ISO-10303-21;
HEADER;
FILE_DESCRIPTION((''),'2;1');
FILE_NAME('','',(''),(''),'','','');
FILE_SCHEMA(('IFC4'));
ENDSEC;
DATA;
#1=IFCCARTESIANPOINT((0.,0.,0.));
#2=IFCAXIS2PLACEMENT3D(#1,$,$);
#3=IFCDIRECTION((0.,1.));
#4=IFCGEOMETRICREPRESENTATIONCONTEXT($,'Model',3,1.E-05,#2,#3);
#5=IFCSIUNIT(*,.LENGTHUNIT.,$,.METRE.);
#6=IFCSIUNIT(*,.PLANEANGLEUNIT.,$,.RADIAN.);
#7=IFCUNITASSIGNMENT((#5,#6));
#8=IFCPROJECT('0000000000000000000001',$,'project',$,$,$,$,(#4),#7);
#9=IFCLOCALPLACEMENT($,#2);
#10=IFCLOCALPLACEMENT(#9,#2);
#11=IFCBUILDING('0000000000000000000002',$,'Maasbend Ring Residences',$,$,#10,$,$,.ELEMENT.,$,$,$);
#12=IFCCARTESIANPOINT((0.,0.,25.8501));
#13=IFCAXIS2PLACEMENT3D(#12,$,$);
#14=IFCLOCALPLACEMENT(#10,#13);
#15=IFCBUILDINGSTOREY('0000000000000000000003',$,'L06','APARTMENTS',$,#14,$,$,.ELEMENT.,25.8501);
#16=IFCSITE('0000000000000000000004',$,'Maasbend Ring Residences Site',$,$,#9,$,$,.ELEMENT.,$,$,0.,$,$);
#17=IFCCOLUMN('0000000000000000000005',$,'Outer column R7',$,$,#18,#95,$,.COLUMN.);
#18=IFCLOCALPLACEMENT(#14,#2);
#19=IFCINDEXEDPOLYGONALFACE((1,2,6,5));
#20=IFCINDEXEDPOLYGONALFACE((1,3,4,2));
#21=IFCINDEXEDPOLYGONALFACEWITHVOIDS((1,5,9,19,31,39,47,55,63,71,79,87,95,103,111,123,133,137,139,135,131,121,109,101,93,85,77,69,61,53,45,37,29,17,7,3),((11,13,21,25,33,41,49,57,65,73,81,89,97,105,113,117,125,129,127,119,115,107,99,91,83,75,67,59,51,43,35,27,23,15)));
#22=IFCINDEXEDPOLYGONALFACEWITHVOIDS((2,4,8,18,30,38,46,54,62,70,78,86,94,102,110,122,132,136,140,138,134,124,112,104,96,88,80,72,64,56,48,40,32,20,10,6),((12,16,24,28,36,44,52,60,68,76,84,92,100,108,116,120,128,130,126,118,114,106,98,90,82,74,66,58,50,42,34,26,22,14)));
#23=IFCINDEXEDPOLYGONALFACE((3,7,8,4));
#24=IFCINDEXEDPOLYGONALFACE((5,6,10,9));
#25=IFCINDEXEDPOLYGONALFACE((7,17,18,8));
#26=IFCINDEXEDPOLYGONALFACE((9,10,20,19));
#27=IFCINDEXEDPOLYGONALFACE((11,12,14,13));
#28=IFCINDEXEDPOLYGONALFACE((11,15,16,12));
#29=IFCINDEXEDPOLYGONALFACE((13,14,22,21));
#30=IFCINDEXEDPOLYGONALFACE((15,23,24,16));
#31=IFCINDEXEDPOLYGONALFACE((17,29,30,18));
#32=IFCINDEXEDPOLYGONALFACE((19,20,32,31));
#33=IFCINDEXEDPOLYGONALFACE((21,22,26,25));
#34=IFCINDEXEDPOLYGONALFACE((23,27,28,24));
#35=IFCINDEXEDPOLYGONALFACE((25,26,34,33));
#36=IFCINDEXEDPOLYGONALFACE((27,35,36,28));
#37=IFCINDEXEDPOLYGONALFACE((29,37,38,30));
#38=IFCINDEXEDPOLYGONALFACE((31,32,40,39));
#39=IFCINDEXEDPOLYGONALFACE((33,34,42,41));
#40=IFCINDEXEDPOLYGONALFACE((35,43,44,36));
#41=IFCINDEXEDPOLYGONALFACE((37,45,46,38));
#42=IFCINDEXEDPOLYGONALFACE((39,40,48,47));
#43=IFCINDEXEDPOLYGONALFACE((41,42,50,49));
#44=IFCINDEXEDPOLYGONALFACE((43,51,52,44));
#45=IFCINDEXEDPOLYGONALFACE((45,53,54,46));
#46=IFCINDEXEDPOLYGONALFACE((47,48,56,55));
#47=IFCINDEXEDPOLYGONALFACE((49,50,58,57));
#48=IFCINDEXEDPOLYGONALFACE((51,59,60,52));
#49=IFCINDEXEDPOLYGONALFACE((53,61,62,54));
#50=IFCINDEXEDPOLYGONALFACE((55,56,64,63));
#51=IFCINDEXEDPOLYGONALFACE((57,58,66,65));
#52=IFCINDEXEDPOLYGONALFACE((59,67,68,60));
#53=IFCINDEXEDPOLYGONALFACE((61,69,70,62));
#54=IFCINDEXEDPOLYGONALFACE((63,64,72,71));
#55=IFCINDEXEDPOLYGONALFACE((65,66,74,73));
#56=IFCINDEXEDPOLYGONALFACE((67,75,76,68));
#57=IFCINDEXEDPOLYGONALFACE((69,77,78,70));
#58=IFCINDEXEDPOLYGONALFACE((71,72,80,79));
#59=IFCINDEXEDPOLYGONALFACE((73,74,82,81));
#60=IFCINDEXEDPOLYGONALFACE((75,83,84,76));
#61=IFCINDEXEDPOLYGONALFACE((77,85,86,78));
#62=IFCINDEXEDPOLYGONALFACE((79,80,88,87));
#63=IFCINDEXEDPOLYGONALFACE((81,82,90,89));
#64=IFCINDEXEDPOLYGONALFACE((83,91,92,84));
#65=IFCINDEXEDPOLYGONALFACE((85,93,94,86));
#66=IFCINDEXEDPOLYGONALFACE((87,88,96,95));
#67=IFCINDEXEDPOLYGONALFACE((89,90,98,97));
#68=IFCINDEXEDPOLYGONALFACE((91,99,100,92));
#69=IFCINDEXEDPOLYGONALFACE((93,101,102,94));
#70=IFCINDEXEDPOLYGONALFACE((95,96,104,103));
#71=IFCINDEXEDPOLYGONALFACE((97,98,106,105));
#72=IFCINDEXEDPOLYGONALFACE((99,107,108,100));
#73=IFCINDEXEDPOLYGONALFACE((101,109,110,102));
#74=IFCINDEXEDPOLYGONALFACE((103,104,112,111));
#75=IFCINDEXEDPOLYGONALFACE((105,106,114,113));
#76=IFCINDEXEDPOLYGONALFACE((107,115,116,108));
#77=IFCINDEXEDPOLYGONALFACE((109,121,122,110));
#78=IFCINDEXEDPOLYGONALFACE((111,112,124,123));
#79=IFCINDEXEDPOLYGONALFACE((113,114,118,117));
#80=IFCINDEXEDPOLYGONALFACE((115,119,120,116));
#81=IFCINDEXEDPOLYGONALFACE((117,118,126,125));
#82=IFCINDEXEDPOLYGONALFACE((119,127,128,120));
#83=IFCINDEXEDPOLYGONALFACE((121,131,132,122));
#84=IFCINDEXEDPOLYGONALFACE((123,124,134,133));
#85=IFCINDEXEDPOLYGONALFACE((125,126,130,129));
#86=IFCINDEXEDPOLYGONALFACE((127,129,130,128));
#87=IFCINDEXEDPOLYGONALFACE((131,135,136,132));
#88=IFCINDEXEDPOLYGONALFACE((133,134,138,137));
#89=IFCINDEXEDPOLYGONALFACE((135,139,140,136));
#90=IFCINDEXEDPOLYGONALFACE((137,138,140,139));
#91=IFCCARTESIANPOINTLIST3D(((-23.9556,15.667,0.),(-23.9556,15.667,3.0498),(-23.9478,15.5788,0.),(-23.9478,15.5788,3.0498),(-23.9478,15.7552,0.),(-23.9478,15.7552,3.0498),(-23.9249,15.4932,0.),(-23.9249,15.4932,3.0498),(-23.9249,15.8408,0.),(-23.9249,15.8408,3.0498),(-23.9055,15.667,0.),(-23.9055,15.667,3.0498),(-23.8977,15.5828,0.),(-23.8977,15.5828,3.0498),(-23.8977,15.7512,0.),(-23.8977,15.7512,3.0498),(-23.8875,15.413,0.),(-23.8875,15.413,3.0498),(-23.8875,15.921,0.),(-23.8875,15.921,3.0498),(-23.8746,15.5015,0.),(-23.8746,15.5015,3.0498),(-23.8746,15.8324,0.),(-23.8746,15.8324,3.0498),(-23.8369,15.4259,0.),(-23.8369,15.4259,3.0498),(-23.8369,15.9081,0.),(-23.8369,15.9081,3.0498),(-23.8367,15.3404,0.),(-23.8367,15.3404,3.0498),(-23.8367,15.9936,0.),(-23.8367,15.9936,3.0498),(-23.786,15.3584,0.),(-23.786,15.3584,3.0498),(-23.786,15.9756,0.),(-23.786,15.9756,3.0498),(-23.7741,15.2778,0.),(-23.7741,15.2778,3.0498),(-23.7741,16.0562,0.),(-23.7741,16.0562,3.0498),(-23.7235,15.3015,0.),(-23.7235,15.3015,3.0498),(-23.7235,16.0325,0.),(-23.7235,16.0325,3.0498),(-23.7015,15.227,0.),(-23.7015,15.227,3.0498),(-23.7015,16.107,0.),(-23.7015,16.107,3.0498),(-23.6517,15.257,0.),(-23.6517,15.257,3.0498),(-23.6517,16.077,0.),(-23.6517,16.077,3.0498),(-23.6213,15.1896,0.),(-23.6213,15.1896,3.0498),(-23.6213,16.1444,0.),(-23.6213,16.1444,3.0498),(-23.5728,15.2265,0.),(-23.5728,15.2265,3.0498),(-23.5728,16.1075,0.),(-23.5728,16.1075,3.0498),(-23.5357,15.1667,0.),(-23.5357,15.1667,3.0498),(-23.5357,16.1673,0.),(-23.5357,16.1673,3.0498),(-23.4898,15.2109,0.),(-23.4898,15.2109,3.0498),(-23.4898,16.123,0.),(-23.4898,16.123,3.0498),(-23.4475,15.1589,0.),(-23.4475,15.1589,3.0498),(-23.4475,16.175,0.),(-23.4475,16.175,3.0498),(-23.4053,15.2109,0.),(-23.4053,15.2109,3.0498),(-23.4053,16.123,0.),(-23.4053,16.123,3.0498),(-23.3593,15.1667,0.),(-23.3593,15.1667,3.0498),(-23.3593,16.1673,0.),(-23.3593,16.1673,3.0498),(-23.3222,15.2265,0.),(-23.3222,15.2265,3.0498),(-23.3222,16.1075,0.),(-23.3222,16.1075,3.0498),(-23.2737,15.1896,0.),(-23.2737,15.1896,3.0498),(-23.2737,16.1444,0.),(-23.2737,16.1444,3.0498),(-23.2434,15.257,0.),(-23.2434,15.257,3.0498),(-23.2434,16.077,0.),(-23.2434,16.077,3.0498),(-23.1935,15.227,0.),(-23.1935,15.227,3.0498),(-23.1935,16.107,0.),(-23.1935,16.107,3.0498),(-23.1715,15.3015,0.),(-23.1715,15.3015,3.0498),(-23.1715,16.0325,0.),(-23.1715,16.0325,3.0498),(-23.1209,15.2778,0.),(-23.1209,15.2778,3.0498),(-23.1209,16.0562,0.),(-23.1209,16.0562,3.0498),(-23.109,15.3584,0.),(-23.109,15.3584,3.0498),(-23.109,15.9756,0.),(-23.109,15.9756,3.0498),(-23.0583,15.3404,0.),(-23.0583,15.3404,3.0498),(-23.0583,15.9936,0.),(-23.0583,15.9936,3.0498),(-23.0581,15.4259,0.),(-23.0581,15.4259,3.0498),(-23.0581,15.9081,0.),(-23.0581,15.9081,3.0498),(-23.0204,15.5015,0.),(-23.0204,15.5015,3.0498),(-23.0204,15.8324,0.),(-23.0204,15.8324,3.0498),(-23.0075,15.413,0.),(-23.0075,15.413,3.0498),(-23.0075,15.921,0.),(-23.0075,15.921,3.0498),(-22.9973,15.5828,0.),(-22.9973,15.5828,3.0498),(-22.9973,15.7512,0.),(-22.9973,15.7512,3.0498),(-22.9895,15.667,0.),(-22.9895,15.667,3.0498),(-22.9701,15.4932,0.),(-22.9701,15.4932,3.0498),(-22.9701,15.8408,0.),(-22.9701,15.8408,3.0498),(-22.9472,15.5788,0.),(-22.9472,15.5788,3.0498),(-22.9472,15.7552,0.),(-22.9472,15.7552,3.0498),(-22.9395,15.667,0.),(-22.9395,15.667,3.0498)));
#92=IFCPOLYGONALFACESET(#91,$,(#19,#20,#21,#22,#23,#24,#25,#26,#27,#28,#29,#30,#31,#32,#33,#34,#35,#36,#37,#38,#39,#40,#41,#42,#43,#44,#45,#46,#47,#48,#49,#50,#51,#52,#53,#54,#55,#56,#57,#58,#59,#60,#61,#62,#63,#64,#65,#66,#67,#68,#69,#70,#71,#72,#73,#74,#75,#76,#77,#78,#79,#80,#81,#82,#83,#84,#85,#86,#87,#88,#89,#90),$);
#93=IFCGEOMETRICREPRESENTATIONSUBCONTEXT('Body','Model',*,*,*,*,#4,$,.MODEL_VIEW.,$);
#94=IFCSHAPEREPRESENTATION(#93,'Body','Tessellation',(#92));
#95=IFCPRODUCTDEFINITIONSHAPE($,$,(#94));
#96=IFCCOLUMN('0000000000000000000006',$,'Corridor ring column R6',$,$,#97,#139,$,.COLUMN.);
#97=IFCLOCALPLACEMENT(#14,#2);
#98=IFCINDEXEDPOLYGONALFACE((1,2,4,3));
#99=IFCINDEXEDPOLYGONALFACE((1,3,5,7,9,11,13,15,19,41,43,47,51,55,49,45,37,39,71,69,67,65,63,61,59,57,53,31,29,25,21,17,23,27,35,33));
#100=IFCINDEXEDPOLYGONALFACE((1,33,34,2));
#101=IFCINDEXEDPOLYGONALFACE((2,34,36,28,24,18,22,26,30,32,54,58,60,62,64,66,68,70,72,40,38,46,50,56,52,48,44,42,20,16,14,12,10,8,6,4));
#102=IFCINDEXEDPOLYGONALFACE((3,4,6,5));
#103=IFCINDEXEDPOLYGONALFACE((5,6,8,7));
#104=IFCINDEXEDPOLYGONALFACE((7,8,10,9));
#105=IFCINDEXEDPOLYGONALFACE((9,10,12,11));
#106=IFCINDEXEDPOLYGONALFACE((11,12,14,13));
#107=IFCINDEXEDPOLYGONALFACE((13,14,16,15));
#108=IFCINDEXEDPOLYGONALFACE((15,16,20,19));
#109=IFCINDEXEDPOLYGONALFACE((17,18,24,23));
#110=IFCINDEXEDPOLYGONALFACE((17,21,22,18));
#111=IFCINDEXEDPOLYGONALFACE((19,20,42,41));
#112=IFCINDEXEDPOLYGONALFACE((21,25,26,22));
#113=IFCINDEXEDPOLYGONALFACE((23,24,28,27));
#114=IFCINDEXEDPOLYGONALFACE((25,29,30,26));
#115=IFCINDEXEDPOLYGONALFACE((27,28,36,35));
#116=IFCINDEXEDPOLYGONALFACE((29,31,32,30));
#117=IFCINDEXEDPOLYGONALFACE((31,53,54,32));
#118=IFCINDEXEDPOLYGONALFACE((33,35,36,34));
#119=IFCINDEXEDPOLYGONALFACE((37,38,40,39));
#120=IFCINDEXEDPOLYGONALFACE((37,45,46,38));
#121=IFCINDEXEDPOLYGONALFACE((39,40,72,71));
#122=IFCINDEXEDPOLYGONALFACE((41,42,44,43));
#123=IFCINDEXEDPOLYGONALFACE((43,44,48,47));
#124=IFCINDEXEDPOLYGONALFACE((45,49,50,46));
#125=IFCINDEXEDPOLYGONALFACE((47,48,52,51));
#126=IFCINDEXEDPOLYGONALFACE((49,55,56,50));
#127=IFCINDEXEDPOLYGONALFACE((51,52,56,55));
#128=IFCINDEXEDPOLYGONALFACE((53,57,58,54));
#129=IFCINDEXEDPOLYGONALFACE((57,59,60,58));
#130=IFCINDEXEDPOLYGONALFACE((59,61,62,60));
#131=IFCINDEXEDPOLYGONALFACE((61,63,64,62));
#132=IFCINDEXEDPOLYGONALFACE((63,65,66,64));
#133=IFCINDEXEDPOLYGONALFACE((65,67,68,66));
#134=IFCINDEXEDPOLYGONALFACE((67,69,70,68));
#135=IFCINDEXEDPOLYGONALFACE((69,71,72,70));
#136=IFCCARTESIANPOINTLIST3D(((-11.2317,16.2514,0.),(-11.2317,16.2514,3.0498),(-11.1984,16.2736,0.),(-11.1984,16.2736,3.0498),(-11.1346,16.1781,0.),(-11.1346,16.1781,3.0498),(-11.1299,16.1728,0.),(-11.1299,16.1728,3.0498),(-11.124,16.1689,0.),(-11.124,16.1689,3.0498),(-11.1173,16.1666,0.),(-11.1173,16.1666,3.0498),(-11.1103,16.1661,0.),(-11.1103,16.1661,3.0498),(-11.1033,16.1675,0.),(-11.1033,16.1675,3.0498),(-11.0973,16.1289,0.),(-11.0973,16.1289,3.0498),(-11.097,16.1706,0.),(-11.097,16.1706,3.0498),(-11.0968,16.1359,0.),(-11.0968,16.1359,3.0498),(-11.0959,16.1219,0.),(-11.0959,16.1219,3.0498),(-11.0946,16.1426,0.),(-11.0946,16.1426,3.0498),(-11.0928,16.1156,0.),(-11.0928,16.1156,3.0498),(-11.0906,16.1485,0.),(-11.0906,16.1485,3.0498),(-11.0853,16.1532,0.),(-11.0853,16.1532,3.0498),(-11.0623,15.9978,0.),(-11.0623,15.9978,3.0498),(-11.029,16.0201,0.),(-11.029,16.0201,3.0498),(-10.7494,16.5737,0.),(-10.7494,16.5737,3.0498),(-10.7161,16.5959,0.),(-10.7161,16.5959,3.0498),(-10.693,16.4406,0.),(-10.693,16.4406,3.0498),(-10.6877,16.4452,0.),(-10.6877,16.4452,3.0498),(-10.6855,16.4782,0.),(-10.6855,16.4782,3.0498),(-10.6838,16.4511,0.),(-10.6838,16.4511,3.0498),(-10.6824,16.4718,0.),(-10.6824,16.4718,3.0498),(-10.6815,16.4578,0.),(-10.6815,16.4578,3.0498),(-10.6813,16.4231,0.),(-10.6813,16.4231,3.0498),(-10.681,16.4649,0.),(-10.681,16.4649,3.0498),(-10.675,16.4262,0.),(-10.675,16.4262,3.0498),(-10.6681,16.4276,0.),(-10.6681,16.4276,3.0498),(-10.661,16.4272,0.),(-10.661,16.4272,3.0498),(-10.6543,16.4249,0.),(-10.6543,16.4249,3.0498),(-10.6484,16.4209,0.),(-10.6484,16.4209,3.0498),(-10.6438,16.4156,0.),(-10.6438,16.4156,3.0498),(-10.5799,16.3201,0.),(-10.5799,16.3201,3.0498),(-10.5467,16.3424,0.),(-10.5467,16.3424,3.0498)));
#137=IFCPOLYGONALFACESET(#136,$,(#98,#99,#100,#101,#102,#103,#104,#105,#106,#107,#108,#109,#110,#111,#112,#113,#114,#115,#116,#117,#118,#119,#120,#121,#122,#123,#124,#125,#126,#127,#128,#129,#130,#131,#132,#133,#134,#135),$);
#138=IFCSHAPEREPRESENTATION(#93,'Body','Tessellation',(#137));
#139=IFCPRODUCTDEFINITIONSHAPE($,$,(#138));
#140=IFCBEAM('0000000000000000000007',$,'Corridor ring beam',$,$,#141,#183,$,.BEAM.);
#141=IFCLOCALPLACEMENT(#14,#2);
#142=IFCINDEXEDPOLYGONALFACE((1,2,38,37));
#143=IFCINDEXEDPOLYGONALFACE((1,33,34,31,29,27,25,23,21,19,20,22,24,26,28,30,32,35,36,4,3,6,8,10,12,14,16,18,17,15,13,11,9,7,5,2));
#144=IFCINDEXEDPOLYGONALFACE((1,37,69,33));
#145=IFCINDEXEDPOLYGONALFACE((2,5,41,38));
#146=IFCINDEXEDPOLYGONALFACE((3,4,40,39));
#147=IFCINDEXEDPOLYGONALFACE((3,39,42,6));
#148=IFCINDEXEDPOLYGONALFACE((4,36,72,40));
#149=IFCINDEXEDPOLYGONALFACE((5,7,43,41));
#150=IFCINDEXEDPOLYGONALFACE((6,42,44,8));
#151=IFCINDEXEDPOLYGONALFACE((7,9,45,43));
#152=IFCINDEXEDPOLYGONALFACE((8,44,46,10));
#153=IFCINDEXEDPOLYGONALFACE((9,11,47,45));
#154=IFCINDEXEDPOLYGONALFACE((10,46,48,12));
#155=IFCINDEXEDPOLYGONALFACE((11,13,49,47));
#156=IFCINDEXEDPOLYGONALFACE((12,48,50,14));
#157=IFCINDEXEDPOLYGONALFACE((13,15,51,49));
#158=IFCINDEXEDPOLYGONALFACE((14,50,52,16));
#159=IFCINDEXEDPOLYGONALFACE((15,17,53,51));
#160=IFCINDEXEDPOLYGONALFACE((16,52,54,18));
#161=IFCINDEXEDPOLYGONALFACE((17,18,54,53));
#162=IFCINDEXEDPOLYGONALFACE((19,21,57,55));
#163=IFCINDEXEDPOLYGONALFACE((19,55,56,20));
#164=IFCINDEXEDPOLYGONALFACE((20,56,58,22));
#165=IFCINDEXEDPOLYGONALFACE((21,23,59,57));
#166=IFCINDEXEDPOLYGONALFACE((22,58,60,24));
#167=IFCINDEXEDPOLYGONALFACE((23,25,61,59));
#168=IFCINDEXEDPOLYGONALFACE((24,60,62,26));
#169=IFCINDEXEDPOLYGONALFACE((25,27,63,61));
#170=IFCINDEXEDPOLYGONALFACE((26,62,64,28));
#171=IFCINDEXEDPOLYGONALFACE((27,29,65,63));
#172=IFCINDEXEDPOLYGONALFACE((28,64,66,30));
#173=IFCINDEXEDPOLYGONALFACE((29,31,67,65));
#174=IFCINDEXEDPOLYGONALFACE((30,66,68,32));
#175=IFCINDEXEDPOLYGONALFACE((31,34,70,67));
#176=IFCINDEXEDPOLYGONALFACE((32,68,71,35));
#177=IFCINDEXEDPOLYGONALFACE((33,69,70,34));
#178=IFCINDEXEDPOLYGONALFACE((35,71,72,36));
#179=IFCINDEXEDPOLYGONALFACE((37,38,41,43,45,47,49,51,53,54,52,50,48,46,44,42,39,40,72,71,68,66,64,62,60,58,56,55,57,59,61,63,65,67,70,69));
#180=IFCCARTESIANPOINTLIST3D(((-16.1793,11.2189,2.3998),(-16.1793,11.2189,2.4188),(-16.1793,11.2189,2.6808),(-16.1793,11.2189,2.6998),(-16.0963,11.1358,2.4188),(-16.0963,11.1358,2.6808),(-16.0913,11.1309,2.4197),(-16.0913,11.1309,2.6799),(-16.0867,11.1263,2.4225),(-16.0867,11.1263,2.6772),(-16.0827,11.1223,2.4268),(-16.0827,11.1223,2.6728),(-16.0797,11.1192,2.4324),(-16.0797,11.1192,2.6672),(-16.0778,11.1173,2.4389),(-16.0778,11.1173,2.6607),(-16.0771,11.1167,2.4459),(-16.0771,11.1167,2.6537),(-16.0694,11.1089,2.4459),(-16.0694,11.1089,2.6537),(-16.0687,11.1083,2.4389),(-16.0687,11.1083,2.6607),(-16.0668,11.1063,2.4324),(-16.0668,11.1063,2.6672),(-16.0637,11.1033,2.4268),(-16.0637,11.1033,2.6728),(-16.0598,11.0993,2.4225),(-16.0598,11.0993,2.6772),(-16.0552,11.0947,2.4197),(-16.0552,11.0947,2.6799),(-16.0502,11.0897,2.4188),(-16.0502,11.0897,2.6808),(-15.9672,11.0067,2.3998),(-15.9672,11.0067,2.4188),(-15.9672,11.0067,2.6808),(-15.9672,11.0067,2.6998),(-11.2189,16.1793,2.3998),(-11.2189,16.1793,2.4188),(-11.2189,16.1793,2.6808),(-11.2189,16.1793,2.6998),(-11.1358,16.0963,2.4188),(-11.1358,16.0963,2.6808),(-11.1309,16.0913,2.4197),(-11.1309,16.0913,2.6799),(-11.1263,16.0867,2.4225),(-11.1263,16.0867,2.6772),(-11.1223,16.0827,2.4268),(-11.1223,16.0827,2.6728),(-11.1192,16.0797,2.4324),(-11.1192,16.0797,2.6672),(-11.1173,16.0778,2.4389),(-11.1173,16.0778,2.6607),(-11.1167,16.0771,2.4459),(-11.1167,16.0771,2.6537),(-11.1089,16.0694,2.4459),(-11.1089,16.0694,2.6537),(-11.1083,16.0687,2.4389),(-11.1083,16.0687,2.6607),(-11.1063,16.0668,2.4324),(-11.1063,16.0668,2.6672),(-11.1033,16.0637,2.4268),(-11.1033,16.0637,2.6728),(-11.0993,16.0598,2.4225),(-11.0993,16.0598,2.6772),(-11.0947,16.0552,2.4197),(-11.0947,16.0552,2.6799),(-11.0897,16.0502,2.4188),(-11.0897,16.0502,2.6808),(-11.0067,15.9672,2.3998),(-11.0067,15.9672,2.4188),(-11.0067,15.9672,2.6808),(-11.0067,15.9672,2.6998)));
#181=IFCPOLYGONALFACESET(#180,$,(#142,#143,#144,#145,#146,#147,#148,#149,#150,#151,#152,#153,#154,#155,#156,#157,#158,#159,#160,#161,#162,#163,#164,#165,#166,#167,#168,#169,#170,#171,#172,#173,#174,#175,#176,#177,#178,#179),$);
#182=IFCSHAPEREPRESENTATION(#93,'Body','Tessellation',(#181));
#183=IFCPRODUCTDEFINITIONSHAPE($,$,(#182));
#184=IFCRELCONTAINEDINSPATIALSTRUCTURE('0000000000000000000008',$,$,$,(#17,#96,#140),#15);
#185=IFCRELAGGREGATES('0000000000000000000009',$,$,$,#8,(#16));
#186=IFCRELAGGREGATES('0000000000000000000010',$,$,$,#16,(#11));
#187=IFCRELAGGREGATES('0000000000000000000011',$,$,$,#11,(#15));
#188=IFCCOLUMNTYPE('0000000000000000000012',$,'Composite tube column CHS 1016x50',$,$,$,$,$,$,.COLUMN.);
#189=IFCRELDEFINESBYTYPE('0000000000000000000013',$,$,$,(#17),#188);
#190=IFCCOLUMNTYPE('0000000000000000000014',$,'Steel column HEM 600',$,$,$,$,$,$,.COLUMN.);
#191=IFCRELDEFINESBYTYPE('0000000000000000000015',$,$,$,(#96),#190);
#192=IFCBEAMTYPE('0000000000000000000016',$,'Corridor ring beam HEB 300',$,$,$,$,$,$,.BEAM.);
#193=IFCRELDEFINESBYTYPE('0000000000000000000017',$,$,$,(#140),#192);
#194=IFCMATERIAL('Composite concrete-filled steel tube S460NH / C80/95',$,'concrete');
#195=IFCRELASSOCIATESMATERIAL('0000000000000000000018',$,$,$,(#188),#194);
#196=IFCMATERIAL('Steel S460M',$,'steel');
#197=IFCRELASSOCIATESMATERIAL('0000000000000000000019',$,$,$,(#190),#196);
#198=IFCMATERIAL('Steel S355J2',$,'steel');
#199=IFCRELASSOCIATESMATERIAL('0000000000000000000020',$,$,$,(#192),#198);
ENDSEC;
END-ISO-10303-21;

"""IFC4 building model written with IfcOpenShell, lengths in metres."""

from ifc_helpers import new_model, si_unit, direction, frame, origin, origin_2d, place, context, subcontext, project, spatial, hollow_circle, i_section, extrude, material, material_profile, profile_set, type_object, element, save


model = new_model("IFC4")

# Units and contexts
model_context = context("Model", 3, precision=1e-05, world=origin(), true_north=direction((0.0, 1.0)))
body_context = subcontext(model_context, "Body", "Model", "MODEL_VIEW")
ifc_project = project(units=[si_unit("LENGTHUNIT", "METRE"), si_unit("PLANEANGLEUNIT", "RADIAN")], contexts=[model_context])

# Site, building, storey
site_placement = place(None, origin())
site = spatial("IfcSite", under=ifc_project, at=site_placement, Name="Maasbend Ring Residences Site", CompositionType="ELEMENT", RefElevation=0.0)
building_placement = place(site_placement, origin())
building = spatial("IfcBuilding", under=site, at=building_placement, Name="Maasbend Ring Residences", CompositionType="ELEMENT")
storey_placement = place(building_placement, frame((0.0, 0.0, 25.8501)))
storey = spatial("IfcBuildingStorey", under=building, at=storey_placement, Name="L06", Description="APARTMENTS", CompositionType="ELEMENT", Elevation=25.8501)

# Columns
ifc_material_1 = material(Name="Composite concrete-filled steel tube S460NH / C80/95", Category="concrete")
ifc_material_profile_1 = material_profile(ifc_material_1, hollow_circle(Radius=0.5081, WallThickness=0.05, at=origin_2d()), Name="Composite tube column CHS 1016x50")
ifc_profile_set_1 = profile_set([ifc_material_profile_1], Name="Composite concrete-filled steel tube S460NH / C80/95")
column_type_1 = type_object("IfcColumnType", Name="Composite tube column CHS 1016x50", PredefinedType="COLUMN", material=ifc_profile_set_1)
column_1_placement = place(storey_placement, frame((-23.4475, 15.667, 0.0), z_axis=(0.0, 0.0, 1.0), x_axis=(1.0, 0.0, 0.0)))
element("IfcColumn", 1, at=column_1_placement, inside=storey, type_object=column_type_1, Name="Outer column R7", PredefinedType="COLUMN", context=body_context, shape_type="SweptSolid", body=[
    extrude(hollow_circle(Radius=0.5081, WallThickness=0.05, at=origin_2d()), origin(), (0.0, 0.0, 1.0), 3.0498),
])
ifc_material_2 = material(Name="Steel S460M", Category="steel")
ifc_material_profile_2 = material_profile(ifc_material_2, i_section(OverallWidth=0.3049, OverallDepth=0.6201, WebThickness=0.021, FlangeThickness=0.04, FilletRadius=0.0271, at=origin_2d()), Name="HEM 600")
ifc_profile_set_2 = profile_set([ifc_material_profile_2], Name="Steel S460M")
column_type_2 = type_object("IfcColumnType", Name="Steel column HEM 600", PredefinedType="COLUMN", material=ifc_profile_set_2)
column_2_placement = place(storey_placement, frame((-10.8892, 16.2969, 0.0), z_axis=(0.0, 0.0, 1.0), x_axis=(-0.55557, 0.83147, 0.0)))
element("IfcColumn", 2, at=column_2_placement, inside=storey, type_object=column_type_2, Name="Corridor ring column R6", PredefinedType="COLUMN", context=body_context, shape_type="SweptSolid", body=[
    extrude(i_section(OverallWidth=0.3049, OverallDepth=0.6201, WebThickness=0.021, FlangeThickness=0.04, FilletRadius=0.0271, at=origin_2d()), origin(), (0.0, 0.0, 1.0), 3.0498),
])

# Beam
ifc_material_3 = material(Name="Steel S355J2", Category="steel")
ifc_material_profile_3 = material_profile(ifc_material_3, i_section(OverallWidth=0.3, OverallDepth=0.3, WebThickness=0.011, FlangeThickness=0.019, FilletRadius=0.0271, at=origin_2d()), Name="HEB 300")
ifc_profile_set_3 = profile_set([ifc_material_profile_3], Name="Steel S355J2")
beam_type = type_object("IfcBeamType", Name="Corridor ring beam HEB 300", PredefinedType="BEAM", material=ifc_profile_set_3)
beam_placement = place(storey_placement, frame((-11.1128, 16.0732, 2.5498), z_axis=(-0.707107, -0.707107, 0.0), x_axis=(0.707107, -0.707107, 0.0)))
element("IfcBeam", 3, at=beam_placement, inside=storey, type_object=beam_type, Name="Corridor ring beam", PredefinedType="BEAM", context=body_context, shape_type="SweptSolid", body=[
    extrude(i_section(OverallWidth=0.3, OverallDepth=0.3, WebThickness=0.011, FlangeThickness=0.019, FilletRadius=0.0271, at=origin_2d()), origin(), (0.0, 0.0, 1.0), 7.0151),
])

save(model, "model.ifc")
